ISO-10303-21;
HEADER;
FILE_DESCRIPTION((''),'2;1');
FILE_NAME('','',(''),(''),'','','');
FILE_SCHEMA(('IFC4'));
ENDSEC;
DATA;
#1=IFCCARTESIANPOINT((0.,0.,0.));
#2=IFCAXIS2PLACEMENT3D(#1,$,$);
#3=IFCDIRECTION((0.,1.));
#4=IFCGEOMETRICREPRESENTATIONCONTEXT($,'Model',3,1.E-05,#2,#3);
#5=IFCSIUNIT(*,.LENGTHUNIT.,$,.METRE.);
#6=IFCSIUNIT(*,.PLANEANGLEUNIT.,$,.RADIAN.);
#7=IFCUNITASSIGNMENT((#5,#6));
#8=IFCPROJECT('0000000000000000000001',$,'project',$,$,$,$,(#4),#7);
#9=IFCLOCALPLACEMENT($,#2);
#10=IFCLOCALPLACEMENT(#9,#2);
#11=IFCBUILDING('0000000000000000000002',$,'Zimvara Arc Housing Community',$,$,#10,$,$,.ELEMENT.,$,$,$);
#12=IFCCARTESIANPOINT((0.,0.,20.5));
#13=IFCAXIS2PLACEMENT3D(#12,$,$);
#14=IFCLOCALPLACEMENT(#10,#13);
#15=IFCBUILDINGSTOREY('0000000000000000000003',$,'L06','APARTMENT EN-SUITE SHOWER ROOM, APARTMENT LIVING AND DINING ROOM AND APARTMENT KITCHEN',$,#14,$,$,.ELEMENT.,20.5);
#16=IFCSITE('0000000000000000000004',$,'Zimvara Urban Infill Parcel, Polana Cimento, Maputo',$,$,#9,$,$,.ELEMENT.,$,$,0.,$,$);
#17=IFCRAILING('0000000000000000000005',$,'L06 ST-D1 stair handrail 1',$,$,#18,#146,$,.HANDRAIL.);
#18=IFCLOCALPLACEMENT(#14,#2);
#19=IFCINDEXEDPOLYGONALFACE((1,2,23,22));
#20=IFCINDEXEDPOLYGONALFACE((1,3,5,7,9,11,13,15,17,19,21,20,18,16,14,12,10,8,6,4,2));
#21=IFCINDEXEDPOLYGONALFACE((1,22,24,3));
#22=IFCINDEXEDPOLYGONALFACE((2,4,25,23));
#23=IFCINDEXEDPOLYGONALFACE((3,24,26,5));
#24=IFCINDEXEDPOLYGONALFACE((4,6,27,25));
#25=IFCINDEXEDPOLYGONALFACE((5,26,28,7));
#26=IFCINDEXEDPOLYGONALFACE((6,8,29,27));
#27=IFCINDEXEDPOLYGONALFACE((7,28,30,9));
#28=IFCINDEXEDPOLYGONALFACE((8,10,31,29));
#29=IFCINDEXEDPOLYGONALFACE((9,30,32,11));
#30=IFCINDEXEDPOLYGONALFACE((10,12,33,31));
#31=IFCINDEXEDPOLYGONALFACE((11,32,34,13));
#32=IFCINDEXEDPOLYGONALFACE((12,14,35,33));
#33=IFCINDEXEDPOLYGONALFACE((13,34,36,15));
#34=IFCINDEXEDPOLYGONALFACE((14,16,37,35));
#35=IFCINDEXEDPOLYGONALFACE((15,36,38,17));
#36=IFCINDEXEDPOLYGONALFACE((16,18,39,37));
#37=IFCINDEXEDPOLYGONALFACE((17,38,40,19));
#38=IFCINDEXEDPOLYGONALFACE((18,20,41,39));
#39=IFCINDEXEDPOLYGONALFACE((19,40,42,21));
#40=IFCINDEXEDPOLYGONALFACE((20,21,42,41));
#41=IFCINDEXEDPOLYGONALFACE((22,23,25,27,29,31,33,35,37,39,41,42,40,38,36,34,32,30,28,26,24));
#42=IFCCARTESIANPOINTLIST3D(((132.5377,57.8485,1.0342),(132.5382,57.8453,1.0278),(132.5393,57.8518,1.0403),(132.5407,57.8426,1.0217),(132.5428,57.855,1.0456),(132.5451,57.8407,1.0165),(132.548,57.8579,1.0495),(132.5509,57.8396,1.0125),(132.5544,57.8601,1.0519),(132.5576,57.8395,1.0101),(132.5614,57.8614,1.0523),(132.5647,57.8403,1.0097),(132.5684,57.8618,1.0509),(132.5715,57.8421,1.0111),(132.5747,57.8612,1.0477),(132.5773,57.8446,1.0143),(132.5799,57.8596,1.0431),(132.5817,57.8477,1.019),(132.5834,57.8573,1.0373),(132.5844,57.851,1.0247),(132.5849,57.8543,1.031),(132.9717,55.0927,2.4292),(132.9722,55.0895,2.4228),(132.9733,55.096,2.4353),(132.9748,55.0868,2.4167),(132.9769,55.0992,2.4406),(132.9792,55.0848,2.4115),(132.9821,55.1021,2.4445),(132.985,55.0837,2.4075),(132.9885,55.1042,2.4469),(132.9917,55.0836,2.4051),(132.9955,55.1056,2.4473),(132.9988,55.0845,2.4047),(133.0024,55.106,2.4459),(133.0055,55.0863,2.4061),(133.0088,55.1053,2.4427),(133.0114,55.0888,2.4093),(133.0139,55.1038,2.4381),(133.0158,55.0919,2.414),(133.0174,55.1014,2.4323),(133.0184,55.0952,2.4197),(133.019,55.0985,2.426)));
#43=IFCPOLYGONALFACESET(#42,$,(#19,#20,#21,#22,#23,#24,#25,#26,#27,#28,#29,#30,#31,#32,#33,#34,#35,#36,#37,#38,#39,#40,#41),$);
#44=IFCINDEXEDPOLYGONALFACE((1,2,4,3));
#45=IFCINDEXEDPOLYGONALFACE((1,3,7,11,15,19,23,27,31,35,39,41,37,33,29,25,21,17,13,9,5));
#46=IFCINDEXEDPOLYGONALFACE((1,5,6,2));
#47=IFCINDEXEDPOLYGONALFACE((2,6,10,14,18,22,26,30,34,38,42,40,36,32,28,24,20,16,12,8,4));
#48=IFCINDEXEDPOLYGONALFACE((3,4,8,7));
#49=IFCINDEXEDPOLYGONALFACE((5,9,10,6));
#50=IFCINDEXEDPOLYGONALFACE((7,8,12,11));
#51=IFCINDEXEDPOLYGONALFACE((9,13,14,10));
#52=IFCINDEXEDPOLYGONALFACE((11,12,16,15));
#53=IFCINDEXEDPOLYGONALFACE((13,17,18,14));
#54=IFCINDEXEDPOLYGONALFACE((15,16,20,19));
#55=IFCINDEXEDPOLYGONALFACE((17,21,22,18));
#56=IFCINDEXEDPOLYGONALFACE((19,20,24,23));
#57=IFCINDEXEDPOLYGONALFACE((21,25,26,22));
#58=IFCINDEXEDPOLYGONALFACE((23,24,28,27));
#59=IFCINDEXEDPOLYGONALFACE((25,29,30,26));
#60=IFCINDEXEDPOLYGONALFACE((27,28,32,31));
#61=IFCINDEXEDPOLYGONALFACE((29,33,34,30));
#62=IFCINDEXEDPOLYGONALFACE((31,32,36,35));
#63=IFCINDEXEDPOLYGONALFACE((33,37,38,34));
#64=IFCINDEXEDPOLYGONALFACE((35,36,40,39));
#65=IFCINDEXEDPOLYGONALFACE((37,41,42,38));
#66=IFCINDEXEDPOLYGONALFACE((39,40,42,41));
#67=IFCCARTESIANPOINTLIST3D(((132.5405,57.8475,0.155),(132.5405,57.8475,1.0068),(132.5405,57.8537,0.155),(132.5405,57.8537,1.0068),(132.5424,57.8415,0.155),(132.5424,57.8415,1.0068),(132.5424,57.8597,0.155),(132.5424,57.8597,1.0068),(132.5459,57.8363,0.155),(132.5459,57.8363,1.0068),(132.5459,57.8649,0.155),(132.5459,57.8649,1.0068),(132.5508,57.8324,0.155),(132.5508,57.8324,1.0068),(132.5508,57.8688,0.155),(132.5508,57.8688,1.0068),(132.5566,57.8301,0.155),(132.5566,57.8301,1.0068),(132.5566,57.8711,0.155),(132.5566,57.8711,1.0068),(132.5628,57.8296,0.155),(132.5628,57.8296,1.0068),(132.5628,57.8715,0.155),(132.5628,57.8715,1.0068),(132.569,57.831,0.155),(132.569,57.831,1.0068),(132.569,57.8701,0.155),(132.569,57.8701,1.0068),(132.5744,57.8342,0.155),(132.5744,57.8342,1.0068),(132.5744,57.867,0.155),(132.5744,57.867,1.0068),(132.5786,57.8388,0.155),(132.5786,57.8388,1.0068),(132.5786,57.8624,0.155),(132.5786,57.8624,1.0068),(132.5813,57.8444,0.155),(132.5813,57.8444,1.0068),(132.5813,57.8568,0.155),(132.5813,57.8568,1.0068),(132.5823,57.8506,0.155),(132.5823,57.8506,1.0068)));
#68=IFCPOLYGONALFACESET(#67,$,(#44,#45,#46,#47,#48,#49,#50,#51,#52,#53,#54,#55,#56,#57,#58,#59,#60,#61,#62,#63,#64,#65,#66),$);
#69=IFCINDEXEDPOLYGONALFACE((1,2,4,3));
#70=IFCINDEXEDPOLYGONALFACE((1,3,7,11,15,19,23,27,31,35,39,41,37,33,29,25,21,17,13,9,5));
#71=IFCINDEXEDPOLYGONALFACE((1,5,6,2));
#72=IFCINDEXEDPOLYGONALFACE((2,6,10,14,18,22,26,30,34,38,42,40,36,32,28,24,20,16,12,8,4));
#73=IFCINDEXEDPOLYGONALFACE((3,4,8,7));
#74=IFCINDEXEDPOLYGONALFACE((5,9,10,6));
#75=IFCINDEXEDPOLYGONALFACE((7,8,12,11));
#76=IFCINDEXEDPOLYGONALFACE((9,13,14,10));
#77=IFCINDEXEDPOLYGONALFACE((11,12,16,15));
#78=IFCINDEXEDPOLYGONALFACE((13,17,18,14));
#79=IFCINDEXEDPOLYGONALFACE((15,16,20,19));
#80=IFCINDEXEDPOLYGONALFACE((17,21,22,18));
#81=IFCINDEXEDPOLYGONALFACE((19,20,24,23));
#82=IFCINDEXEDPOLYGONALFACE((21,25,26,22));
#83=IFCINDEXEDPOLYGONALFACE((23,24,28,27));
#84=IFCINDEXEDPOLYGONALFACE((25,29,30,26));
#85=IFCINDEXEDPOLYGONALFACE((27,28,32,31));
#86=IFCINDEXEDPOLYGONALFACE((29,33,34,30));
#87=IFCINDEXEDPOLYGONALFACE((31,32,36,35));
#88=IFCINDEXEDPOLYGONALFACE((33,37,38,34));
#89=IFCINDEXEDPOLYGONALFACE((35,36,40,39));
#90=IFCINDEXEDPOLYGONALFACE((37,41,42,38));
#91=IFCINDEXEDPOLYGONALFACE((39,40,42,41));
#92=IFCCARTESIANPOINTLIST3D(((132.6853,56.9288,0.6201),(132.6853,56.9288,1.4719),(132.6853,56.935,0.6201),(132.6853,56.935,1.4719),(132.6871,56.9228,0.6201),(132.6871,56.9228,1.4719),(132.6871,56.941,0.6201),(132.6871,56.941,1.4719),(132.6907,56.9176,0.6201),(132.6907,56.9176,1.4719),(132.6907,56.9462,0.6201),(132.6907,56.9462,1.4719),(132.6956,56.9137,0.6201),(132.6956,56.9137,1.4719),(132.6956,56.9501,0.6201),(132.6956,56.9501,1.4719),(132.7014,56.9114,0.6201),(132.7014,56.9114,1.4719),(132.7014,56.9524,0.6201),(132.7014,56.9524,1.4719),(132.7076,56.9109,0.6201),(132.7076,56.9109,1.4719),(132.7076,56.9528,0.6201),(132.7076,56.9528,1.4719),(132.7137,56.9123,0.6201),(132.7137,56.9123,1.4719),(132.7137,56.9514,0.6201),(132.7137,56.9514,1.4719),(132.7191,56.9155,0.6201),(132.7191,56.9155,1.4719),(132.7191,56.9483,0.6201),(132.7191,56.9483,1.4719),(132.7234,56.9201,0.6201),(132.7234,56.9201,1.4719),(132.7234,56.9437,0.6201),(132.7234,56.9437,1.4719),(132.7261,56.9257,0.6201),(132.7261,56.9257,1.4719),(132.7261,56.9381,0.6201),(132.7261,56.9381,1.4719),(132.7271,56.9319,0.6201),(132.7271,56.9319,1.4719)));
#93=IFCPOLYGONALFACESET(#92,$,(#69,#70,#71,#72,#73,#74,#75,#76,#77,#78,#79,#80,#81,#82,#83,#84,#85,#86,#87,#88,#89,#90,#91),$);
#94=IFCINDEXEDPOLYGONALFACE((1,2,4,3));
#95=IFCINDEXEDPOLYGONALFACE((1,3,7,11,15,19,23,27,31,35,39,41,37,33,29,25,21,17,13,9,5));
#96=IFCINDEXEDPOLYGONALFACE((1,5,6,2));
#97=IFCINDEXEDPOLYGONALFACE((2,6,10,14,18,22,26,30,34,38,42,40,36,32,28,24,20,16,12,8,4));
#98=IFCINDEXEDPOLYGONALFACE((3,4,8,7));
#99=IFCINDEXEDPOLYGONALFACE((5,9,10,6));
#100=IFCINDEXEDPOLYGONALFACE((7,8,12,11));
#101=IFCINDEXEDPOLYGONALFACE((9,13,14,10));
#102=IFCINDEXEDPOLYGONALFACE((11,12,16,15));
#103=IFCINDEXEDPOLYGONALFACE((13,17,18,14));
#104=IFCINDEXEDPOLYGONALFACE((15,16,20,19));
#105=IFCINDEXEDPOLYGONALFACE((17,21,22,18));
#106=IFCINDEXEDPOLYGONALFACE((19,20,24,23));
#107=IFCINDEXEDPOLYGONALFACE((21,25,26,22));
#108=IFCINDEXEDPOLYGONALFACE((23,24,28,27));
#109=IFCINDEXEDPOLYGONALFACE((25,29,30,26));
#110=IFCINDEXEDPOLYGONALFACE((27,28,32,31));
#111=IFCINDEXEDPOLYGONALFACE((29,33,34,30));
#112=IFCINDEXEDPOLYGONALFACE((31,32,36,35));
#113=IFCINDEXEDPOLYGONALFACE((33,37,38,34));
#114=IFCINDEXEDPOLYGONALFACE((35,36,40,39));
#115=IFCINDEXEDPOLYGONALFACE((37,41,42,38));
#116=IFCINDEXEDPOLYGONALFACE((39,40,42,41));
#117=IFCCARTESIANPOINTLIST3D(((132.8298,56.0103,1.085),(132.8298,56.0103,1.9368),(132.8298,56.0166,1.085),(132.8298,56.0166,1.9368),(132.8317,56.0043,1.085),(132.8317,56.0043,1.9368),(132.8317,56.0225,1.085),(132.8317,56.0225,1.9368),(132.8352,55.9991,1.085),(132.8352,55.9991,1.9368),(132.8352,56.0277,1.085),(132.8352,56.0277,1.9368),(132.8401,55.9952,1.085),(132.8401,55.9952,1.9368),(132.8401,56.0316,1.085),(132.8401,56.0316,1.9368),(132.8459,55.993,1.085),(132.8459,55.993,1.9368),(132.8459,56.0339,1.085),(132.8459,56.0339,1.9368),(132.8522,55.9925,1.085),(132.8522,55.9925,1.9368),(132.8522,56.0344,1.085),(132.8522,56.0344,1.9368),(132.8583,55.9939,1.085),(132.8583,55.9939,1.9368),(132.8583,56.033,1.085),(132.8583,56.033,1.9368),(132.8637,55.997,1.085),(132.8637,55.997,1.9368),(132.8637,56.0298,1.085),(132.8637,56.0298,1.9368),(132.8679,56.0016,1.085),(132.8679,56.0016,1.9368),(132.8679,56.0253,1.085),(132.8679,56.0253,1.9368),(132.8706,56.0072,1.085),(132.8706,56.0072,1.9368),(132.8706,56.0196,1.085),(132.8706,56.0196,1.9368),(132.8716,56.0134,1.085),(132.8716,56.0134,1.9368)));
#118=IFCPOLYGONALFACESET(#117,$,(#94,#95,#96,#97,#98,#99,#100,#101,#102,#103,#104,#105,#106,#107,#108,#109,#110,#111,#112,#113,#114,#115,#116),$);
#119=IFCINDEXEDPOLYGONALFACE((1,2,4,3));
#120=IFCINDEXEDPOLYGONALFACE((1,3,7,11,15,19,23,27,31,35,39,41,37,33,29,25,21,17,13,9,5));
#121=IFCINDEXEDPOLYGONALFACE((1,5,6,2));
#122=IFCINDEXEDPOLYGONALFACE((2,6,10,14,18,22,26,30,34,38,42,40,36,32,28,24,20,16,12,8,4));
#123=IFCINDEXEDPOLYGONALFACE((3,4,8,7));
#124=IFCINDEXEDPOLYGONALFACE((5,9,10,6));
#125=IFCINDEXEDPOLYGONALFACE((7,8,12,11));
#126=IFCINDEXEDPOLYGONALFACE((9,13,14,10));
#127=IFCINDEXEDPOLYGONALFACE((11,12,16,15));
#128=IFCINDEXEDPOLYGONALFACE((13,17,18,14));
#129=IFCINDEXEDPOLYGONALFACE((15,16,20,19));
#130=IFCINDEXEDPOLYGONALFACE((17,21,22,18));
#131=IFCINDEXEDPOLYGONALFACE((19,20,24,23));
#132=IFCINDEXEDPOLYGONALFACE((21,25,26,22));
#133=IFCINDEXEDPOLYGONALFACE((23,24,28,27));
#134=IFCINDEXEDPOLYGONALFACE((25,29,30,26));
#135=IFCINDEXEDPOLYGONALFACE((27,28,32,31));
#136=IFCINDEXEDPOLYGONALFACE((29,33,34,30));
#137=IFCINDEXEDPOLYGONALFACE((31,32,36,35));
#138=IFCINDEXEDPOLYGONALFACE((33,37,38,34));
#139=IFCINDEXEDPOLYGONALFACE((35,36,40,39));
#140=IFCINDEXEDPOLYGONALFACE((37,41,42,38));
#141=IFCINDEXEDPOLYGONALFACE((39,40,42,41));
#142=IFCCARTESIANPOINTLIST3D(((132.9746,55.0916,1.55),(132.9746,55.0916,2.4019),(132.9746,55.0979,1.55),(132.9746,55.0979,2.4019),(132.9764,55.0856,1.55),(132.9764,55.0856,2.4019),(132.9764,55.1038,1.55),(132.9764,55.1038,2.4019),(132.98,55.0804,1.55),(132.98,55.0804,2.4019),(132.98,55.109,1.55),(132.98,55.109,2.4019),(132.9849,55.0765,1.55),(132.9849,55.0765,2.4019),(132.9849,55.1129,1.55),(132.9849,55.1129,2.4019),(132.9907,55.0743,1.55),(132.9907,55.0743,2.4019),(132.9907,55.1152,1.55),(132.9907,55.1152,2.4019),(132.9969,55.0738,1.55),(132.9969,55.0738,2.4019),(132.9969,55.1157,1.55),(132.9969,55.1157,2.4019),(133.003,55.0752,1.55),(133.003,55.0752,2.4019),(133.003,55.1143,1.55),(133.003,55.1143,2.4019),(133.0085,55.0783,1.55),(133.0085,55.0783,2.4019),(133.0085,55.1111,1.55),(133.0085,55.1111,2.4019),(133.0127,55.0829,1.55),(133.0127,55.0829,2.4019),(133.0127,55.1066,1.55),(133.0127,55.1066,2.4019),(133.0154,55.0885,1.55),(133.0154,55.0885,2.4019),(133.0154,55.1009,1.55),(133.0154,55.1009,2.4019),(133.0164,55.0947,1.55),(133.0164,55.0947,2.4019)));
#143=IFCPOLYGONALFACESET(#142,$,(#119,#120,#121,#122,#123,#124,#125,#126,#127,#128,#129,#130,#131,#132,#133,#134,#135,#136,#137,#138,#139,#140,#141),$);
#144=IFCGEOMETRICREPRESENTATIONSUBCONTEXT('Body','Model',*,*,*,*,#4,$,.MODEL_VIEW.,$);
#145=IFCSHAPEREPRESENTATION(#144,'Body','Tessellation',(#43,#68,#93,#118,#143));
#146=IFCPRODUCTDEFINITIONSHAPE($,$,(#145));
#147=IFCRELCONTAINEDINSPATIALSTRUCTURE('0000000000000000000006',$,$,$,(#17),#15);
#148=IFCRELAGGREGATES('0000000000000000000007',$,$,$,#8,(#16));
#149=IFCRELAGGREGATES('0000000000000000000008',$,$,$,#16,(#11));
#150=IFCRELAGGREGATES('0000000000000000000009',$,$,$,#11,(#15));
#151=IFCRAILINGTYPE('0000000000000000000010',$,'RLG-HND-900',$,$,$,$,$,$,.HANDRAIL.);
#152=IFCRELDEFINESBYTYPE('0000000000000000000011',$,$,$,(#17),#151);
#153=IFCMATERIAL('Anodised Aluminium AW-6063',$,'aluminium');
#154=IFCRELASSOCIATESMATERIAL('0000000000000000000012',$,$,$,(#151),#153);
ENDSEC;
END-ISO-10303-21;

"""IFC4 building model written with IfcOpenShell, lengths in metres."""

from ifc_helpers import new_model, si_unit, direction, frame, origin, origin_2d, place, context, subcontext, project, spatial, circle, extrude, material, type_object, element, save


model = new_model("IFC4")

# Units and contexts
model_context = context("Model", 3, precision=1e-05, world=origin(), true_north=direction((0.0, 1.0)))
body_context = subcontext(model_context, "Body", "Model", "MODEL_VIEW")
ifc_project = project(units=[si_unit("LENGTHUNIT", "METRE"), si_unit("PLANEANGLEUNIT", "RADIAN")], contexts=[model_context])

# Site, building, storey
site_placement = place(None, origin())
site = spatial("IfcSite", under=ifc_project, at=site_placement, Name="Zimvara Urban Infill Parcel, Polana Cimento, Maputo", CompositionType="ELEMENT", RefElevation=0.0)
building_placement = place(site_placement, origin())
building = spatial("IfcBuilding", under=site, at=building_placement, Name="Zimvara Arc Housing Community", CompositionType="ELEMENT")
storey_placement = place(building_placement, frame((0.0, 0.0, 20.5)))
storey = spatial("IfcBuildingStorey", under=building, at=storey_placement, Name="L06", Description="APARTMENT EN-SUITE SHOWER ROOM, APARTMENT LIVING AND DINING ROOM AND APARTMENT KITCHEN", CompositionType="ELEMENT", Elevation=20.5)

# Railing
ifc_material_1 = material(Name="Anodised Aluminium AW-6063", Category="aluminium")
railing_type_1 = type_object("IfcRailingType", Name="RLG-HND-900", PredefinedType="HANDRAIL", material=ifc_material_1)
railing_1_placement = place(storey_placement, frame((132.5613, 57.8506, 0.155)))
element("IfcRailing", 1, at=railing_1_placement, inside=storey, type_object=railing_type_1, Name="L06 ST-D1 stair handrail 1", PredefinedType="HANDRAIL", context=body_context, shape_type="SweptSolid", body=[
    extrude(circle(Radius=0.0239, at=origin_2d()), frame((0.0, 0.0, 0.876), z_axis=(0.139166, -0.883521, 0.44724), x_axis=(0.987821, 0.155594, 0.0)), (0.0, 0.0, 1.0), 3.1191),
    extrude(circle(Radius=0.021, at=origin_2d()), origin(), (0.0, 0.0, 1.0), 0.8518),
    extrude(circle(Radius=0.021, at=origin_2d()), frame((0.1448, -0.9187, 0.4651)), (0.0, 0.0, 1.0), 0.8518),
    extrude(circle(Radius=0.021, at=origin_2d()), frame((0.2893, -1.8372, 0.9299)), (0.0, 0.0, 1.0), 0.8518),
    extrude(circle(Radius=0.021, at=origin_2d()), frame((0.4341, -2.7559, 1.395)), (0.0, 0.0, 1.0), 0.8518),
])

save(model, "model.ifc")
